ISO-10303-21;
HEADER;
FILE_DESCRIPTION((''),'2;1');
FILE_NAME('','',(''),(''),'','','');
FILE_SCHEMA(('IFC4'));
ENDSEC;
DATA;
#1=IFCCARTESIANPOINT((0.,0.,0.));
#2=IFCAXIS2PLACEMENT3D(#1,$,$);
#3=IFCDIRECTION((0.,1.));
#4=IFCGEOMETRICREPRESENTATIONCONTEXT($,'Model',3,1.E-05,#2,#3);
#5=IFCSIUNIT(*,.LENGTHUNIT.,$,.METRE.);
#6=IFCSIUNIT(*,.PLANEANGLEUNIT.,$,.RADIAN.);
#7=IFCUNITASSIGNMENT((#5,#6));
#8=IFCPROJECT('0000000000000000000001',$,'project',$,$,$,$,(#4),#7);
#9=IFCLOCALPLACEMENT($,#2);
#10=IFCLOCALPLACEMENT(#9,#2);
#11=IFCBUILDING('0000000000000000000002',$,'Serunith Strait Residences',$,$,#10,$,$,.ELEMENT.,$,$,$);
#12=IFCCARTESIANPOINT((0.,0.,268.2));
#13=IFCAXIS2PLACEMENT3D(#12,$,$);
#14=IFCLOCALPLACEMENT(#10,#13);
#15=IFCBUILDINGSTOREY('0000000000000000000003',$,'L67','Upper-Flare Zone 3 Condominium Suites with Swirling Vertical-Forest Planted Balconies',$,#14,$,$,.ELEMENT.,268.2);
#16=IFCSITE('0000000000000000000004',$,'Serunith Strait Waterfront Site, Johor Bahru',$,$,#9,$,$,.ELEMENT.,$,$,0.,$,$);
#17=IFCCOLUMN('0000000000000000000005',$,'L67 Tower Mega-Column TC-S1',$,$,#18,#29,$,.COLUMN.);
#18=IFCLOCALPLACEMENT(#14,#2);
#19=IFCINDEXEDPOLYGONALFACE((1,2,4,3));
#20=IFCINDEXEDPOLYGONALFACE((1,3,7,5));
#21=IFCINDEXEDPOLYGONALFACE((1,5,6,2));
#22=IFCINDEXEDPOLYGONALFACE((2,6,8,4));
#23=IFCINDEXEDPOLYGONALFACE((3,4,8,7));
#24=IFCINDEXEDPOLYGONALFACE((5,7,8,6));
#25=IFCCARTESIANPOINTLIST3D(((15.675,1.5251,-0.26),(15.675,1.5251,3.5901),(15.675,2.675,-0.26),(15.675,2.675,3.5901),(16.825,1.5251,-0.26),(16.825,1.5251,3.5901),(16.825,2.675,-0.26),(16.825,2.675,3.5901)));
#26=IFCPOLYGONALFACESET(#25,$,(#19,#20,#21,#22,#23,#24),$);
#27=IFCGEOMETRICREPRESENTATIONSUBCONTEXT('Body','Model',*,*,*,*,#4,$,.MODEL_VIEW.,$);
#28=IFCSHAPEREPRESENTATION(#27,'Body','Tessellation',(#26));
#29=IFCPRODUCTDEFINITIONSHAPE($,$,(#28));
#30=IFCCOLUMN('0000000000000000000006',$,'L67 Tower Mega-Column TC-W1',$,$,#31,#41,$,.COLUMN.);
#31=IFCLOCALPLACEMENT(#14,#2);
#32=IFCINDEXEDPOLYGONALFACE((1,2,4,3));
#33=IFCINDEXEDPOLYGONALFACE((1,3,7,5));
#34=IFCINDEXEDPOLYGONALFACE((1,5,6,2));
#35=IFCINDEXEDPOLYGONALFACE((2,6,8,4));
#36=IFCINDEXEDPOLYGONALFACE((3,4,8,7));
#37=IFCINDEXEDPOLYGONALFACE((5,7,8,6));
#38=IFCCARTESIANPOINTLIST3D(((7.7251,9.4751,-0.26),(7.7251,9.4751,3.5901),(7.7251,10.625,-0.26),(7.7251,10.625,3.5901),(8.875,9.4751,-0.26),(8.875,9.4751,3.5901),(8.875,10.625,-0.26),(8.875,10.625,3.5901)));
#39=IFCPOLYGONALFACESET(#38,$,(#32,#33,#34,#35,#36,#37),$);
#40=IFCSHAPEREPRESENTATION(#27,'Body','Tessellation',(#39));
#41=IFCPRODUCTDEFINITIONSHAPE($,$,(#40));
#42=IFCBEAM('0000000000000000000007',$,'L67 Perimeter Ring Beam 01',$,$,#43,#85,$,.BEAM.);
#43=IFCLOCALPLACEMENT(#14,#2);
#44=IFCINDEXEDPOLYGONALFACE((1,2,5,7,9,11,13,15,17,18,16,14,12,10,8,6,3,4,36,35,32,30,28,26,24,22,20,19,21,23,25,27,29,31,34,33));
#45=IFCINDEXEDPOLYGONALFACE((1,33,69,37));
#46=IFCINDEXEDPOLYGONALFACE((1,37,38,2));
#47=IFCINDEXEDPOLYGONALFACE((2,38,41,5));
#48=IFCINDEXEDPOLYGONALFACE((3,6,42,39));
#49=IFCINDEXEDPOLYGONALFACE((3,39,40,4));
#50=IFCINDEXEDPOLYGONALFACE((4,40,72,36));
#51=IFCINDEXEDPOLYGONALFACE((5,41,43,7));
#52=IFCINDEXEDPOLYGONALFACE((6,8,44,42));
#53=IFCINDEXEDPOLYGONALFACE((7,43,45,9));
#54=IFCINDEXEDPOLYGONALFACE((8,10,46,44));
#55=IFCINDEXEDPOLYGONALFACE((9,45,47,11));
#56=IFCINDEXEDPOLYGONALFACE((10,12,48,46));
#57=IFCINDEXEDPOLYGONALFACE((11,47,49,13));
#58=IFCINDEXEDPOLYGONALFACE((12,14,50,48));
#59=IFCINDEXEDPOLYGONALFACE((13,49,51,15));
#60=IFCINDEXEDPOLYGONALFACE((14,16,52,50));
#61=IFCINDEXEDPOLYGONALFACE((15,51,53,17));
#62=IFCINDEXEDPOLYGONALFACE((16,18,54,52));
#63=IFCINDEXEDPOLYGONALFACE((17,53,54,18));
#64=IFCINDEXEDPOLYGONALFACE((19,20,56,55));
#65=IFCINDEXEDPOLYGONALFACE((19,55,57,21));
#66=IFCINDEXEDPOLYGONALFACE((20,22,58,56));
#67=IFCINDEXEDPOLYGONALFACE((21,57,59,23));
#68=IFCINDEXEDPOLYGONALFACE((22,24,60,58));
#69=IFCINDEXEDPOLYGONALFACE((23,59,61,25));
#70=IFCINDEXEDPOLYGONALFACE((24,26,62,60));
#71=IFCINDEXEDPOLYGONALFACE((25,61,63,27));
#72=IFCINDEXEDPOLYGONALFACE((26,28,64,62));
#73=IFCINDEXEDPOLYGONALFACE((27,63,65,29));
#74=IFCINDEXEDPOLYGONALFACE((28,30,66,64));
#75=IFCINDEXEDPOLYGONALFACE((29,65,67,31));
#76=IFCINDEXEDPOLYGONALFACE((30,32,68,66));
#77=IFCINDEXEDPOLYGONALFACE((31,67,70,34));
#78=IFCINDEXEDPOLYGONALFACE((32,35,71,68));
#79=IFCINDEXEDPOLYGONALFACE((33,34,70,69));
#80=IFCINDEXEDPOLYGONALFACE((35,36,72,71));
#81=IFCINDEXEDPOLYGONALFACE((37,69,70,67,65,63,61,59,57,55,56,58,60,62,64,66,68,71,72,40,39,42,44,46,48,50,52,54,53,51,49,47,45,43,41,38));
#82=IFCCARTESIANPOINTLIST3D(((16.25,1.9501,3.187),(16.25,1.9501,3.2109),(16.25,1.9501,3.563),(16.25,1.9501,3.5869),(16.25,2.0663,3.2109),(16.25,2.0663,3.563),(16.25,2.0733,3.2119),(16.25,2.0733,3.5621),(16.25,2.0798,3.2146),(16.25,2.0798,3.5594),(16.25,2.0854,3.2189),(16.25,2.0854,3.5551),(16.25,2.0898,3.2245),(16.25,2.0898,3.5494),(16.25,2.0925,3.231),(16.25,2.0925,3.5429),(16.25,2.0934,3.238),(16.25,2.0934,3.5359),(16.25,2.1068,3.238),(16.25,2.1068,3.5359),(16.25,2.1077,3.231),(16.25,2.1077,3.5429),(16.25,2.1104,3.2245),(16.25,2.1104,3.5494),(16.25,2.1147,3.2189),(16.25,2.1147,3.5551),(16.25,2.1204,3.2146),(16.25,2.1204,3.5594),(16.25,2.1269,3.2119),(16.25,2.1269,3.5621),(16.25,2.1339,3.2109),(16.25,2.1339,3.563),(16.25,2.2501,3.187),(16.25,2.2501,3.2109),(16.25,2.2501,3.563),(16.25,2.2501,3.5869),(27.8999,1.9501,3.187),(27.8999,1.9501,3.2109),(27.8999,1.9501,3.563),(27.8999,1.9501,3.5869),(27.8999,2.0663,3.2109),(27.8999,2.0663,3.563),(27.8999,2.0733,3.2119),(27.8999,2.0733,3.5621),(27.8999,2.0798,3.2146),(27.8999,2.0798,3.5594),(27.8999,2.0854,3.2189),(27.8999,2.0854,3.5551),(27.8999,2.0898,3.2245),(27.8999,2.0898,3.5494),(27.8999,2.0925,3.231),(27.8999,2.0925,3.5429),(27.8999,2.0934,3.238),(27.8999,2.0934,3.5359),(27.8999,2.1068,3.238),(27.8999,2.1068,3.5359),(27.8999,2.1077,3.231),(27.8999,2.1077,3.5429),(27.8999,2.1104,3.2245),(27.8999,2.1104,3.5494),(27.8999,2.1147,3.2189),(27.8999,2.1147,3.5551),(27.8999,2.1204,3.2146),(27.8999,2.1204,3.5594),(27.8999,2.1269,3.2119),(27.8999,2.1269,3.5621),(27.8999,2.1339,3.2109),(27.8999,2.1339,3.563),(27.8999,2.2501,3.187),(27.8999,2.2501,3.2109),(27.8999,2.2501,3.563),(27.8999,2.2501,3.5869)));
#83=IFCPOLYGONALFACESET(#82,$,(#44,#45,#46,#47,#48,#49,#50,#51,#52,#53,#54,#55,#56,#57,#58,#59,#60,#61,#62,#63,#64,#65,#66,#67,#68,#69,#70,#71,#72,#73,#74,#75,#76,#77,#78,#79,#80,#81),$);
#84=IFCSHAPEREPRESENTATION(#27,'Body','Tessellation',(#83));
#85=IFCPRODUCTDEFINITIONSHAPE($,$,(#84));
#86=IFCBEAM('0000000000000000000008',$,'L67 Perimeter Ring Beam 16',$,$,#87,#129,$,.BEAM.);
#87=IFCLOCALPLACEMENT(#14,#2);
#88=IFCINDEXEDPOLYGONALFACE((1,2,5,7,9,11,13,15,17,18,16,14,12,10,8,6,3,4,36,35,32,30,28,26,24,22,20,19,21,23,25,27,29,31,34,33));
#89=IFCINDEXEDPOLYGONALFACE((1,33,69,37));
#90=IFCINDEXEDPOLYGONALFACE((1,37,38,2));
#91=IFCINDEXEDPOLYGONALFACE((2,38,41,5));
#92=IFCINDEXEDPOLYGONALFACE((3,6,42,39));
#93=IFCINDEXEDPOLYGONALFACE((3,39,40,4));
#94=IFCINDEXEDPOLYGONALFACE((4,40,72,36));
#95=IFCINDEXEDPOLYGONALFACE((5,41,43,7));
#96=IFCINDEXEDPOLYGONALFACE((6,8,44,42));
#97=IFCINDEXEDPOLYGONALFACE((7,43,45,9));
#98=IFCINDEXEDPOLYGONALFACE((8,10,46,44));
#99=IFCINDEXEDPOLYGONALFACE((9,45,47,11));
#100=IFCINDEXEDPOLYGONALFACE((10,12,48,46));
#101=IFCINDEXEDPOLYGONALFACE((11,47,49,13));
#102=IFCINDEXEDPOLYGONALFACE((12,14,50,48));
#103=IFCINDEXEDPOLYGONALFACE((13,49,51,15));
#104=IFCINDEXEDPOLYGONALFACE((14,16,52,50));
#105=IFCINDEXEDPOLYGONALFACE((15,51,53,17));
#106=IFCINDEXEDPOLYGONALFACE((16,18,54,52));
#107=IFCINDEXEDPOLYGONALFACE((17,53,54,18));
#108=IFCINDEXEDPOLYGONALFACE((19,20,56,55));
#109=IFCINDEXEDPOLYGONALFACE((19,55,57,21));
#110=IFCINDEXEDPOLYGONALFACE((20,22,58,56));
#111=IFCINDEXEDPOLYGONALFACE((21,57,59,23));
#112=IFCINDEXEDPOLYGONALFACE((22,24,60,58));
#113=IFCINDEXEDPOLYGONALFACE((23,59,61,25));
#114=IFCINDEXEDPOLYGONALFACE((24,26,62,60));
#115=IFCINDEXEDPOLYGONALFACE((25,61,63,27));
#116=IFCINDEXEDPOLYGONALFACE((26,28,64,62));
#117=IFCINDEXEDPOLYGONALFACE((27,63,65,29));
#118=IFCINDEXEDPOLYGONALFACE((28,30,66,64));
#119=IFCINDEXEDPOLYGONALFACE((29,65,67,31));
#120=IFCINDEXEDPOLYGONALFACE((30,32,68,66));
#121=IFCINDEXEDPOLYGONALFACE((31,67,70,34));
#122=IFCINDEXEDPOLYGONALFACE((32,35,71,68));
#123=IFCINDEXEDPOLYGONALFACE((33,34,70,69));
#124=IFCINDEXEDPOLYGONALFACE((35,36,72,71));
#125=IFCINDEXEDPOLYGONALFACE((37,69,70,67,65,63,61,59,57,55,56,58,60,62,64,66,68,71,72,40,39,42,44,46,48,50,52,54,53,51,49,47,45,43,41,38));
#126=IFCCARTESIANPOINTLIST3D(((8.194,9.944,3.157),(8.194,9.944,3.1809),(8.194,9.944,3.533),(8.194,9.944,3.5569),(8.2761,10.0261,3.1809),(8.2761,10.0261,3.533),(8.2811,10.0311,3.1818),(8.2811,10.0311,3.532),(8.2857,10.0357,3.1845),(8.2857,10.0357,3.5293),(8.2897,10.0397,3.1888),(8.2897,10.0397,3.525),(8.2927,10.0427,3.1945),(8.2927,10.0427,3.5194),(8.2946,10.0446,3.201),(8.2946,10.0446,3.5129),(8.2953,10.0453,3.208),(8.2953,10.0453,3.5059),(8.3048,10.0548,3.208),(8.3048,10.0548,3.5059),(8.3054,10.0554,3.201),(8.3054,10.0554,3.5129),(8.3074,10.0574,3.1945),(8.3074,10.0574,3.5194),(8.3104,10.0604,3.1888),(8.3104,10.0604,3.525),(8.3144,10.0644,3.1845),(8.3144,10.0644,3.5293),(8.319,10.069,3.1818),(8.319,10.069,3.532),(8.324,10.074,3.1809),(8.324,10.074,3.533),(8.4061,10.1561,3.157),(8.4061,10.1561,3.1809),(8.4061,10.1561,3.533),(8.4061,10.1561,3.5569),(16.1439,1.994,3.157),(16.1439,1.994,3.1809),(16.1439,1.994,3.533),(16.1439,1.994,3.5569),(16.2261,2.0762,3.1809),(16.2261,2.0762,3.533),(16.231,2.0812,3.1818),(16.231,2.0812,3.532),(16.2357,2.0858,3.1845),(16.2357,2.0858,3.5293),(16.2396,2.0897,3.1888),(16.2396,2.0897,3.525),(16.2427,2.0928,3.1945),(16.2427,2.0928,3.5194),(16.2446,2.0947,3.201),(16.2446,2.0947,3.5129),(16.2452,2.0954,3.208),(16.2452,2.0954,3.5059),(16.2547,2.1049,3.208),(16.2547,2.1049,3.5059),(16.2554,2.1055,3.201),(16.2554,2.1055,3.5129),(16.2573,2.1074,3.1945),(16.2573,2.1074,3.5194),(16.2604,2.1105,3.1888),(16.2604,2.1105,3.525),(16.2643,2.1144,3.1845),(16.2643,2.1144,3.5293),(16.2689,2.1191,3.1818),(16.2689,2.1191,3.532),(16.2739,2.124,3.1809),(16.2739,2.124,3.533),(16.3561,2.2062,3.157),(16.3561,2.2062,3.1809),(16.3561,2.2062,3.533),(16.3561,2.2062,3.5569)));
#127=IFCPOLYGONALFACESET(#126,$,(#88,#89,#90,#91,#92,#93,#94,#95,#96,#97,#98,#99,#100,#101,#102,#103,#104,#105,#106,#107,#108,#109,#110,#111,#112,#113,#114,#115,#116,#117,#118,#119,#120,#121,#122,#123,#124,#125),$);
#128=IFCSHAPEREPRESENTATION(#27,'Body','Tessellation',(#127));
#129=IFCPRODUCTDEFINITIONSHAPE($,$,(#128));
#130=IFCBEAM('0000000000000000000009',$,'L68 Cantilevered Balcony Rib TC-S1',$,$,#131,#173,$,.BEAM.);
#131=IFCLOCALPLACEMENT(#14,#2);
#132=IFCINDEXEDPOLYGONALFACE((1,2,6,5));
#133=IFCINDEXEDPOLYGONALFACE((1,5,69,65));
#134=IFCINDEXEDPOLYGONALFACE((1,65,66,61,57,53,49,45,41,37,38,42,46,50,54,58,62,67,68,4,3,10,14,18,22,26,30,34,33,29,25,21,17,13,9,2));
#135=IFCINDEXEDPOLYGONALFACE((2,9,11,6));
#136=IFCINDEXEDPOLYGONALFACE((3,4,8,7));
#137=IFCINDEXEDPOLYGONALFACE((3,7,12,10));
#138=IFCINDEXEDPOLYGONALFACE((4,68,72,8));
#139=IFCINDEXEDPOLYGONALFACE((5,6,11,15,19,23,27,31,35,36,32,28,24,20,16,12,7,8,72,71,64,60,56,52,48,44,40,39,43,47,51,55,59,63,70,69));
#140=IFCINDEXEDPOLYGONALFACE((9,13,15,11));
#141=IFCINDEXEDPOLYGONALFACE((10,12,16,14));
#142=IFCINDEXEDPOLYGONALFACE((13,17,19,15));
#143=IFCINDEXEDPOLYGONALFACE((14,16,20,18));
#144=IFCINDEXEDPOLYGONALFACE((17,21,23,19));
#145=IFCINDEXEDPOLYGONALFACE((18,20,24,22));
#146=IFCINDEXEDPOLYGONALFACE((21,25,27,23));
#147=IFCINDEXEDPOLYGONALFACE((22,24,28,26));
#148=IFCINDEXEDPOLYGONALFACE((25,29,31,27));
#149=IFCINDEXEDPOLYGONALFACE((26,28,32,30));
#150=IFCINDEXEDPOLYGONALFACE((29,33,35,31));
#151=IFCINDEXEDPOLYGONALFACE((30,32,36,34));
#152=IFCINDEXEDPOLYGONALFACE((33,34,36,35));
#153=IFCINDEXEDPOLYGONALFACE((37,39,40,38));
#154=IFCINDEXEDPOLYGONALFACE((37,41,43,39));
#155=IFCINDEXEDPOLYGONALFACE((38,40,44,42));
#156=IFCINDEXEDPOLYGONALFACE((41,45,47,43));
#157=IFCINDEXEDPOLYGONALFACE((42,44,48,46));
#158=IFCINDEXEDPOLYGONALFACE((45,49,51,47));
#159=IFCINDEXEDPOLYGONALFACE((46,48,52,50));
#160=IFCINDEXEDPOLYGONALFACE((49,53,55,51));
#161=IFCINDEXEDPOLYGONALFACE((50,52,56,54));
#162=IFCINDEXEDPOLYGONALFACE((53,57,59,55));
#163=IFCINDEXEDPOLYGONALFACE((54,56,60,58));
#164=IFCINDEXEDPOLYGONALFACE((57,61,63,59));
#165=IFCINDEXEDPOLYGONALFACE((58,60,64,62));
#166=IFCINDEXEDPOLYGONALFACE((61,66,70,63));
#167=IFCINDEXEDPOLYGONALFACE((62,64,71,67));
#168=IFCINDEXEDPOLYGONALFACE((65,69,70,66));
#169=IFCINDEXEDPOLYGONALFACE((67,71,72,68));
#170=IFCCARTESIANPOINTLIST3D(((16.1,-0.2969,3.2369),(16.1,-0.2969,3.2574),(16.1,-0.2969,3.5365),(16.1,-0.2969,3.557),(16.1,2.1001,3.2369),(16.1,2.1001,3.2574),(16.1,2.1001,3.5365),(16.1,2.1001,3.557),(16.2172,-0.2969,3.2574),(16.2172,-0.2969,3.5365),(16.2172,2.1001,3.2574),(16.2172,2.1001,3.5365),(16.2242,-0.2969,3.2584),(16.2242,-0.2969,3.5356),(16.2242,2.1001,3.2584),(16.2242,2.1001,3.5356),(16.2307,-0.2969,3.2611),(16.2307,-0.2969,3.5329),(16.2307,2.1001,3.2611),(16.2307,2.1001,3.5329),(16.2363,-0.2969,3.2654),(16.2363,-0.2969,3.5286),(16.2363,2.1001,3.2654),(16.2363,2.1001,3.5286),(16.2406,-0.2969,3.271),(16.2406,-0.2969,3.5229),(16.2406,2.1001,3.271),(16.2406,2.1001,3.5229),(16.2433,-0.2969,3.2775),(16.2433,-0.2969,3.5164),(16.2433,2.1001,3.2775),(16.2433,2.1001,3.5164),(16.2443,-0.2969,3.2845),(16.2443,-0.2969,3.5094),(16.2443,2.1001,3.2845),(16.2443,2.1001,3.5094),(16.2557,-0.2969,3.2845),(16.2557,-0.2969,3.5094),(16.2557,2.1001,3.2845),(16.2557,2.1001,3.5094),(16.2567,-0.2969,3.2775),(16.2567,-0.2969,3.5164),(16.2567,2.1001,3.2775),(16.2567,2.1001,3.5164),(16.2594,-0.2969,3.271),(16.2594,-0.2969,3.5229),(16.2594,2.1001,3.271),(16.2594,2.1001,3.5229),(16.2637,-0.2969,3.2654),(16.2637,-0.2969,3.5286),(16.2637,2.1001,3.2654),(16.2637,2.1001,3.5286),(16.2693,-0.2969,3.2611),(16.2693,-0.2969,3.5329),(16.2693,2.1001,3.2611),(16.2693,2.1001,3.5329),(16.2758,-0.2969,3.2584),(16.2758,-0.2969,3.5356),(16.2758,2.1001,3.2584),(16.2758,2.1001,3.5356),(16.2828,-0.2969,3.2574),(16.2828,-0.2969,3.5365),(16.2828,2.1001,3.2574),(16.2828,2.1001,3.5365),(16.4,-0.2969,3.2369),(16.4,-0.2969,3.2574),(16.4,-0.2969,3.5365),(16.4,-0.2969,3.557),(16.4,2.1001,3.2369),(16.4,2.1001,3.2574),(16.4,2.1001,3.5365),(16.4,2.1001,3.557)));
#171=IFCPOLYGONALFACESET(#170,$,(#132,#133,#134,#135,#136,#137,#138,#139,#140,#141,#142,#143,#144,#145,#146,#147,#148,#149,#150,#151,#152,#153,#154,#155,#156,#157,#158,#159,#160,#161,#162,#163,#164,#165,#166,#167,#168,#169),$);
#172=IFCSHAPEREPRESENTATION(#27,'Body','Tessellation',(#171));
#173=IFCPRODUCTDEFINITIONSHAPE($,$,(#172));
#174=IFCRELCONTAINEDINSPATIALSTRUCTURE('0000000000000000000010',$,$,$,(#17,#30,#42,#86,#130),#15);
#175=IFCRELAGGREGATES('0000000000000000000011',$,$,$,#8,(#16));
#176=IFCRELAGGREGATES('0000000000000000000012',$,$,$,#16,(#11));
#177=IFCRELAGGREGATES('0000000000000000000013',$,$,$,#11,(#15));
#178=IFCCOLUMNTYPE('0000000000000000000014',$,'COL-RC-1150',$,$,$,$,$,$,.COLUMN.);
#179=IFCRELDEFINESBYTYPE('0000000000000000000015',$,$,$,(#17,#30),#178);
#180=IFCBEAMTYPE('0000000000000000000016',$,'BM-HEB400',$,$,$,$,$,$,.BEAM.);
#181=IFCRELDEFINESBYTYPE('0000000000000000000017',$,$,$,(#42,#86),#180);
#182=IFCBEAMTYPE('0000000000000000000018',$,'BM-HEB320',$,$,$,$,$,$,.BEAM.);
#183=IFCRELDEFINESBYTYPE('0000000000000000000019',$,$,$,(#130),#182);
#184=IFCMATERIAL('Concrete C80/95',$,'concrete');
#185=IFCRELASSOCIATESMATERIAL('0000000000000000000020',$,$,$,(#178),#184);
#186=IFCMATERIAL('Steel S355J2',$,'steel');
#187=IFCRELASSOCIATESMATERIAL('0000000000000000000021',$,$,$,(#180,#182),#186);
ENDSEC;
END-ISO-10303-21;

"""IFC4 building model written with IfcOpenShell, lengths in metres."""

from ifc_helpers import new_model, si_unit, direction, frame, origin, origin_2d, place, context, subcontext, project, spatial, rectangle, i_section, extrude, source, transform, mapped, material, material_profile, profile_set, type_object, element, save


model = new_model("IFC4")

# Units and contexts
model_context = context("Model", 3, precision=1e-05, world=origin(), true_north=direction((0.0, 1.0)))
body_context = subcontext(model_context, "Body", "Model", "MODEL_VIEW")
ifc_project = project(units=[si_unit("LENGTHUNIT", "METRE"), si_unit("PLANEANGLEUNIT", "RADIAN")], contexts=[model_context])

# Site, building, storey
site_placement = place(None, origin())
site = spatial("IfcSite", under=ifc_project, at=site_placement, Name="Serunith Strait Waterfront Site, Johor Bahru", CompositionType="ELEMENT", RefElevation=0.0)
building_placement = place(site_placement, origin())
building = spatial("IfcBuilding", under=site, at=building_placement, Name="Serunith Strait Residences", CompositionType="ELEMENT")
storey_placement = place(building_placement, frame((0.0, 0.0, 268.2)))
storey = spatial("IfcBuildingStorey", under=building, at=storey_placement, Name="L67", Description="Upper-Flare Zone 3 Condominium Suites with Swirling Vertical-Forest Planted Balconies", CompositionType="ELEMENT", Elevation=268.2)

# Columns
ifc_material_1 = material(Name="Concrete C80/95", Category="concrete")
ifc_material_profile_1 = material_profile(ifc_material_1, rectangle(XDim=1.1499, YDim=1.1499, at=origin_2d()), Name="RC 1150x1150")
ifc_profile_set_1 = profile_set([ifc_material_profile_1], Name="Concrete C80/95")
column_type = type_object("IfcColumnType", Name="COL-RC-1150", PredefinedType="COLUMN", material=ifc_profile_set_1)
shared_shape_1 = source(origin(), body_context, "Body", "SweptSolid", [
    extrude(rectangle(XDim=1.1499, YDim=1.1499, at=origin_2d()), origin(), (0.0, 0.0, 1.0), 3.8501),
])
for number, where, z_axis, x_axis, name in (
    (1, (16.25, 2.1001, -0.26), (0.0, 0.0, 1.0), (1.0, 0.0, 0.0), "L67 Tower Mega-Column TC-S1"),
    (2, (8.3, 10.05, -0.26), (0.0, 0.0, 1.0), (1.0, 0.0, 0.0), "L67 Tower Mega-Column TC-W1"),
):
    element("IfcColumn", number, at=place(storey_placement, frame(where, z_axis=z_axis, x_axis=x_axis)), inside=storey, type_object=column_type, Name=name, PredefinedType="COLUMN", context=body_context, shape_type="MappedRepresentation", body=[
        mapped(shared_shape_1, transform((0.0, 0.0, 0.0), scale=1.0)),
    ])

# Beams
ifc_material_2 = material(Name="Steel S355J2", Category="steel")
ifc_material_profile_2 = material_profile(ifc_material_2, i_section(OverallWidth=0.3, OverallDepth=0.3999, WebThickness=0.0134, FlangeThickness=0.0239, FilletRadius=0.0271, at=origin_2d()), Name="HEB 400")
ifc_profile_set_2 = profile_set([ifc_material_profile_2], Name="Steel S355J2")
beam_type_1 = type_object("IfcBeamType", Name="BM-HEB400", PredefinedType="BEAM", material=ifc_profile_set_2)
shared_shape_2 = source(origin(), body_context, "Body", "SweptSolid", [
    extrude(i_section(OverallWidth=0.3, OverallDepth=0.3999, WebThickness=0.0134, FlangeThickness=0.0239, FilletRadius=0.0271, at=origin_2d()), origin(), (0.0, 0.0, 1.0), 11.6499),
])
beam_1_placement = place(storey_placement, frame((16.25, 2.1001, 3.387), z_axis=(1.0, 0.0, 0.0), x_axis=(0.0, 1.0, 0.0)))
element("IfcBeam", 3, at=beam_1_placement, inside=storey, type_object=beam_type_1, Name="L67 Perimeter Ring Beam 01", PredefinedType="BEAM", context=body_context, shape_type="MappedRepresentation", body=[
    mapped(shared_shape_2, transform((0.0, 0.0, 0.0), scale=1.0)),
])
shared_shape_3 = source(origin(), body_context, "Body", "SweptSolid", [
    extrude(i_section(OverallWidth=0.3, OverallDepth=0.3999, WebThickness=0.0134, FlangeThickness=0.0239, FilletRadius=0.0271, at=origin_2d()), origin(), (0.0, 0.0, 1.0), 11.2429),
])
beam_2_placement = place(storey_placement, frame((8.3, 10.05, 3.3569), z_axis=(0.707107, -0.707107, 0.0), x_axis=(0.707107, 0.707107, 0.0)))
element("IfcBeam", 4, at=beam_2_placement, inside=storey, type_object=beam_type_1, Name="L67 Perimeter Ring Beam 16", PredefinedType="BEAM", context=body_context, shape_type="MappedRepresentation", body=[
    mapped(shared_shape_3, transform((0.0, 0.0, 0.0), scale=1.0)),
])
ifc_material_profile_3 = material_profile(ifc_material_2, i_section(OverallWidth=0.3, OverallDepth=0.3201, WebThickness=0.0115, FlangeThickness=0.0205, FilletRadius=0.0271, at=origin_2d()), Name="HEB 320")
ifc_profile_set_3 = profile_set([ifc_material_profile_3], Name="Steel S355J2")
beam_type_2 = type_object("IfcBeamType", Name="BM-HEB320", PredefinedType="BEAM", material=ifc_profile_set_3)
shared_shape_4 = source(origin(), body_context, "Body", "SweptSolid", [
    extrude(i_section(OverallWidth=0.3, OverallDepth=0.3201, WebThickness=0.0115, FlangeThickness=0.0205, FilletRadius=0.0271, at=origin_2d()), origin(), (0.0, 0.0, 1.0), 2.397),
])
beam_3_placement = place(storey_placement, frame((16.25, 2.1001, 3.397), z_axis=(0.0, -1.0, 0.0), x_axis=(1.0, 0.0, 0.0)))
element("IfcBeam", 5, at=beam_3_placement, inside=storey, type_object=beam_type_2, Name="L68 Cantilevered Balcony Rib TC-S1", PredefinedType="BEAM", context=body_context, shape_type="MappedRepresentation", body=[
    mapped(shared_shape_4, transform((0.0, 0.0, 0.0), scale=1.0)),
])

save(model, "model.ifc")
